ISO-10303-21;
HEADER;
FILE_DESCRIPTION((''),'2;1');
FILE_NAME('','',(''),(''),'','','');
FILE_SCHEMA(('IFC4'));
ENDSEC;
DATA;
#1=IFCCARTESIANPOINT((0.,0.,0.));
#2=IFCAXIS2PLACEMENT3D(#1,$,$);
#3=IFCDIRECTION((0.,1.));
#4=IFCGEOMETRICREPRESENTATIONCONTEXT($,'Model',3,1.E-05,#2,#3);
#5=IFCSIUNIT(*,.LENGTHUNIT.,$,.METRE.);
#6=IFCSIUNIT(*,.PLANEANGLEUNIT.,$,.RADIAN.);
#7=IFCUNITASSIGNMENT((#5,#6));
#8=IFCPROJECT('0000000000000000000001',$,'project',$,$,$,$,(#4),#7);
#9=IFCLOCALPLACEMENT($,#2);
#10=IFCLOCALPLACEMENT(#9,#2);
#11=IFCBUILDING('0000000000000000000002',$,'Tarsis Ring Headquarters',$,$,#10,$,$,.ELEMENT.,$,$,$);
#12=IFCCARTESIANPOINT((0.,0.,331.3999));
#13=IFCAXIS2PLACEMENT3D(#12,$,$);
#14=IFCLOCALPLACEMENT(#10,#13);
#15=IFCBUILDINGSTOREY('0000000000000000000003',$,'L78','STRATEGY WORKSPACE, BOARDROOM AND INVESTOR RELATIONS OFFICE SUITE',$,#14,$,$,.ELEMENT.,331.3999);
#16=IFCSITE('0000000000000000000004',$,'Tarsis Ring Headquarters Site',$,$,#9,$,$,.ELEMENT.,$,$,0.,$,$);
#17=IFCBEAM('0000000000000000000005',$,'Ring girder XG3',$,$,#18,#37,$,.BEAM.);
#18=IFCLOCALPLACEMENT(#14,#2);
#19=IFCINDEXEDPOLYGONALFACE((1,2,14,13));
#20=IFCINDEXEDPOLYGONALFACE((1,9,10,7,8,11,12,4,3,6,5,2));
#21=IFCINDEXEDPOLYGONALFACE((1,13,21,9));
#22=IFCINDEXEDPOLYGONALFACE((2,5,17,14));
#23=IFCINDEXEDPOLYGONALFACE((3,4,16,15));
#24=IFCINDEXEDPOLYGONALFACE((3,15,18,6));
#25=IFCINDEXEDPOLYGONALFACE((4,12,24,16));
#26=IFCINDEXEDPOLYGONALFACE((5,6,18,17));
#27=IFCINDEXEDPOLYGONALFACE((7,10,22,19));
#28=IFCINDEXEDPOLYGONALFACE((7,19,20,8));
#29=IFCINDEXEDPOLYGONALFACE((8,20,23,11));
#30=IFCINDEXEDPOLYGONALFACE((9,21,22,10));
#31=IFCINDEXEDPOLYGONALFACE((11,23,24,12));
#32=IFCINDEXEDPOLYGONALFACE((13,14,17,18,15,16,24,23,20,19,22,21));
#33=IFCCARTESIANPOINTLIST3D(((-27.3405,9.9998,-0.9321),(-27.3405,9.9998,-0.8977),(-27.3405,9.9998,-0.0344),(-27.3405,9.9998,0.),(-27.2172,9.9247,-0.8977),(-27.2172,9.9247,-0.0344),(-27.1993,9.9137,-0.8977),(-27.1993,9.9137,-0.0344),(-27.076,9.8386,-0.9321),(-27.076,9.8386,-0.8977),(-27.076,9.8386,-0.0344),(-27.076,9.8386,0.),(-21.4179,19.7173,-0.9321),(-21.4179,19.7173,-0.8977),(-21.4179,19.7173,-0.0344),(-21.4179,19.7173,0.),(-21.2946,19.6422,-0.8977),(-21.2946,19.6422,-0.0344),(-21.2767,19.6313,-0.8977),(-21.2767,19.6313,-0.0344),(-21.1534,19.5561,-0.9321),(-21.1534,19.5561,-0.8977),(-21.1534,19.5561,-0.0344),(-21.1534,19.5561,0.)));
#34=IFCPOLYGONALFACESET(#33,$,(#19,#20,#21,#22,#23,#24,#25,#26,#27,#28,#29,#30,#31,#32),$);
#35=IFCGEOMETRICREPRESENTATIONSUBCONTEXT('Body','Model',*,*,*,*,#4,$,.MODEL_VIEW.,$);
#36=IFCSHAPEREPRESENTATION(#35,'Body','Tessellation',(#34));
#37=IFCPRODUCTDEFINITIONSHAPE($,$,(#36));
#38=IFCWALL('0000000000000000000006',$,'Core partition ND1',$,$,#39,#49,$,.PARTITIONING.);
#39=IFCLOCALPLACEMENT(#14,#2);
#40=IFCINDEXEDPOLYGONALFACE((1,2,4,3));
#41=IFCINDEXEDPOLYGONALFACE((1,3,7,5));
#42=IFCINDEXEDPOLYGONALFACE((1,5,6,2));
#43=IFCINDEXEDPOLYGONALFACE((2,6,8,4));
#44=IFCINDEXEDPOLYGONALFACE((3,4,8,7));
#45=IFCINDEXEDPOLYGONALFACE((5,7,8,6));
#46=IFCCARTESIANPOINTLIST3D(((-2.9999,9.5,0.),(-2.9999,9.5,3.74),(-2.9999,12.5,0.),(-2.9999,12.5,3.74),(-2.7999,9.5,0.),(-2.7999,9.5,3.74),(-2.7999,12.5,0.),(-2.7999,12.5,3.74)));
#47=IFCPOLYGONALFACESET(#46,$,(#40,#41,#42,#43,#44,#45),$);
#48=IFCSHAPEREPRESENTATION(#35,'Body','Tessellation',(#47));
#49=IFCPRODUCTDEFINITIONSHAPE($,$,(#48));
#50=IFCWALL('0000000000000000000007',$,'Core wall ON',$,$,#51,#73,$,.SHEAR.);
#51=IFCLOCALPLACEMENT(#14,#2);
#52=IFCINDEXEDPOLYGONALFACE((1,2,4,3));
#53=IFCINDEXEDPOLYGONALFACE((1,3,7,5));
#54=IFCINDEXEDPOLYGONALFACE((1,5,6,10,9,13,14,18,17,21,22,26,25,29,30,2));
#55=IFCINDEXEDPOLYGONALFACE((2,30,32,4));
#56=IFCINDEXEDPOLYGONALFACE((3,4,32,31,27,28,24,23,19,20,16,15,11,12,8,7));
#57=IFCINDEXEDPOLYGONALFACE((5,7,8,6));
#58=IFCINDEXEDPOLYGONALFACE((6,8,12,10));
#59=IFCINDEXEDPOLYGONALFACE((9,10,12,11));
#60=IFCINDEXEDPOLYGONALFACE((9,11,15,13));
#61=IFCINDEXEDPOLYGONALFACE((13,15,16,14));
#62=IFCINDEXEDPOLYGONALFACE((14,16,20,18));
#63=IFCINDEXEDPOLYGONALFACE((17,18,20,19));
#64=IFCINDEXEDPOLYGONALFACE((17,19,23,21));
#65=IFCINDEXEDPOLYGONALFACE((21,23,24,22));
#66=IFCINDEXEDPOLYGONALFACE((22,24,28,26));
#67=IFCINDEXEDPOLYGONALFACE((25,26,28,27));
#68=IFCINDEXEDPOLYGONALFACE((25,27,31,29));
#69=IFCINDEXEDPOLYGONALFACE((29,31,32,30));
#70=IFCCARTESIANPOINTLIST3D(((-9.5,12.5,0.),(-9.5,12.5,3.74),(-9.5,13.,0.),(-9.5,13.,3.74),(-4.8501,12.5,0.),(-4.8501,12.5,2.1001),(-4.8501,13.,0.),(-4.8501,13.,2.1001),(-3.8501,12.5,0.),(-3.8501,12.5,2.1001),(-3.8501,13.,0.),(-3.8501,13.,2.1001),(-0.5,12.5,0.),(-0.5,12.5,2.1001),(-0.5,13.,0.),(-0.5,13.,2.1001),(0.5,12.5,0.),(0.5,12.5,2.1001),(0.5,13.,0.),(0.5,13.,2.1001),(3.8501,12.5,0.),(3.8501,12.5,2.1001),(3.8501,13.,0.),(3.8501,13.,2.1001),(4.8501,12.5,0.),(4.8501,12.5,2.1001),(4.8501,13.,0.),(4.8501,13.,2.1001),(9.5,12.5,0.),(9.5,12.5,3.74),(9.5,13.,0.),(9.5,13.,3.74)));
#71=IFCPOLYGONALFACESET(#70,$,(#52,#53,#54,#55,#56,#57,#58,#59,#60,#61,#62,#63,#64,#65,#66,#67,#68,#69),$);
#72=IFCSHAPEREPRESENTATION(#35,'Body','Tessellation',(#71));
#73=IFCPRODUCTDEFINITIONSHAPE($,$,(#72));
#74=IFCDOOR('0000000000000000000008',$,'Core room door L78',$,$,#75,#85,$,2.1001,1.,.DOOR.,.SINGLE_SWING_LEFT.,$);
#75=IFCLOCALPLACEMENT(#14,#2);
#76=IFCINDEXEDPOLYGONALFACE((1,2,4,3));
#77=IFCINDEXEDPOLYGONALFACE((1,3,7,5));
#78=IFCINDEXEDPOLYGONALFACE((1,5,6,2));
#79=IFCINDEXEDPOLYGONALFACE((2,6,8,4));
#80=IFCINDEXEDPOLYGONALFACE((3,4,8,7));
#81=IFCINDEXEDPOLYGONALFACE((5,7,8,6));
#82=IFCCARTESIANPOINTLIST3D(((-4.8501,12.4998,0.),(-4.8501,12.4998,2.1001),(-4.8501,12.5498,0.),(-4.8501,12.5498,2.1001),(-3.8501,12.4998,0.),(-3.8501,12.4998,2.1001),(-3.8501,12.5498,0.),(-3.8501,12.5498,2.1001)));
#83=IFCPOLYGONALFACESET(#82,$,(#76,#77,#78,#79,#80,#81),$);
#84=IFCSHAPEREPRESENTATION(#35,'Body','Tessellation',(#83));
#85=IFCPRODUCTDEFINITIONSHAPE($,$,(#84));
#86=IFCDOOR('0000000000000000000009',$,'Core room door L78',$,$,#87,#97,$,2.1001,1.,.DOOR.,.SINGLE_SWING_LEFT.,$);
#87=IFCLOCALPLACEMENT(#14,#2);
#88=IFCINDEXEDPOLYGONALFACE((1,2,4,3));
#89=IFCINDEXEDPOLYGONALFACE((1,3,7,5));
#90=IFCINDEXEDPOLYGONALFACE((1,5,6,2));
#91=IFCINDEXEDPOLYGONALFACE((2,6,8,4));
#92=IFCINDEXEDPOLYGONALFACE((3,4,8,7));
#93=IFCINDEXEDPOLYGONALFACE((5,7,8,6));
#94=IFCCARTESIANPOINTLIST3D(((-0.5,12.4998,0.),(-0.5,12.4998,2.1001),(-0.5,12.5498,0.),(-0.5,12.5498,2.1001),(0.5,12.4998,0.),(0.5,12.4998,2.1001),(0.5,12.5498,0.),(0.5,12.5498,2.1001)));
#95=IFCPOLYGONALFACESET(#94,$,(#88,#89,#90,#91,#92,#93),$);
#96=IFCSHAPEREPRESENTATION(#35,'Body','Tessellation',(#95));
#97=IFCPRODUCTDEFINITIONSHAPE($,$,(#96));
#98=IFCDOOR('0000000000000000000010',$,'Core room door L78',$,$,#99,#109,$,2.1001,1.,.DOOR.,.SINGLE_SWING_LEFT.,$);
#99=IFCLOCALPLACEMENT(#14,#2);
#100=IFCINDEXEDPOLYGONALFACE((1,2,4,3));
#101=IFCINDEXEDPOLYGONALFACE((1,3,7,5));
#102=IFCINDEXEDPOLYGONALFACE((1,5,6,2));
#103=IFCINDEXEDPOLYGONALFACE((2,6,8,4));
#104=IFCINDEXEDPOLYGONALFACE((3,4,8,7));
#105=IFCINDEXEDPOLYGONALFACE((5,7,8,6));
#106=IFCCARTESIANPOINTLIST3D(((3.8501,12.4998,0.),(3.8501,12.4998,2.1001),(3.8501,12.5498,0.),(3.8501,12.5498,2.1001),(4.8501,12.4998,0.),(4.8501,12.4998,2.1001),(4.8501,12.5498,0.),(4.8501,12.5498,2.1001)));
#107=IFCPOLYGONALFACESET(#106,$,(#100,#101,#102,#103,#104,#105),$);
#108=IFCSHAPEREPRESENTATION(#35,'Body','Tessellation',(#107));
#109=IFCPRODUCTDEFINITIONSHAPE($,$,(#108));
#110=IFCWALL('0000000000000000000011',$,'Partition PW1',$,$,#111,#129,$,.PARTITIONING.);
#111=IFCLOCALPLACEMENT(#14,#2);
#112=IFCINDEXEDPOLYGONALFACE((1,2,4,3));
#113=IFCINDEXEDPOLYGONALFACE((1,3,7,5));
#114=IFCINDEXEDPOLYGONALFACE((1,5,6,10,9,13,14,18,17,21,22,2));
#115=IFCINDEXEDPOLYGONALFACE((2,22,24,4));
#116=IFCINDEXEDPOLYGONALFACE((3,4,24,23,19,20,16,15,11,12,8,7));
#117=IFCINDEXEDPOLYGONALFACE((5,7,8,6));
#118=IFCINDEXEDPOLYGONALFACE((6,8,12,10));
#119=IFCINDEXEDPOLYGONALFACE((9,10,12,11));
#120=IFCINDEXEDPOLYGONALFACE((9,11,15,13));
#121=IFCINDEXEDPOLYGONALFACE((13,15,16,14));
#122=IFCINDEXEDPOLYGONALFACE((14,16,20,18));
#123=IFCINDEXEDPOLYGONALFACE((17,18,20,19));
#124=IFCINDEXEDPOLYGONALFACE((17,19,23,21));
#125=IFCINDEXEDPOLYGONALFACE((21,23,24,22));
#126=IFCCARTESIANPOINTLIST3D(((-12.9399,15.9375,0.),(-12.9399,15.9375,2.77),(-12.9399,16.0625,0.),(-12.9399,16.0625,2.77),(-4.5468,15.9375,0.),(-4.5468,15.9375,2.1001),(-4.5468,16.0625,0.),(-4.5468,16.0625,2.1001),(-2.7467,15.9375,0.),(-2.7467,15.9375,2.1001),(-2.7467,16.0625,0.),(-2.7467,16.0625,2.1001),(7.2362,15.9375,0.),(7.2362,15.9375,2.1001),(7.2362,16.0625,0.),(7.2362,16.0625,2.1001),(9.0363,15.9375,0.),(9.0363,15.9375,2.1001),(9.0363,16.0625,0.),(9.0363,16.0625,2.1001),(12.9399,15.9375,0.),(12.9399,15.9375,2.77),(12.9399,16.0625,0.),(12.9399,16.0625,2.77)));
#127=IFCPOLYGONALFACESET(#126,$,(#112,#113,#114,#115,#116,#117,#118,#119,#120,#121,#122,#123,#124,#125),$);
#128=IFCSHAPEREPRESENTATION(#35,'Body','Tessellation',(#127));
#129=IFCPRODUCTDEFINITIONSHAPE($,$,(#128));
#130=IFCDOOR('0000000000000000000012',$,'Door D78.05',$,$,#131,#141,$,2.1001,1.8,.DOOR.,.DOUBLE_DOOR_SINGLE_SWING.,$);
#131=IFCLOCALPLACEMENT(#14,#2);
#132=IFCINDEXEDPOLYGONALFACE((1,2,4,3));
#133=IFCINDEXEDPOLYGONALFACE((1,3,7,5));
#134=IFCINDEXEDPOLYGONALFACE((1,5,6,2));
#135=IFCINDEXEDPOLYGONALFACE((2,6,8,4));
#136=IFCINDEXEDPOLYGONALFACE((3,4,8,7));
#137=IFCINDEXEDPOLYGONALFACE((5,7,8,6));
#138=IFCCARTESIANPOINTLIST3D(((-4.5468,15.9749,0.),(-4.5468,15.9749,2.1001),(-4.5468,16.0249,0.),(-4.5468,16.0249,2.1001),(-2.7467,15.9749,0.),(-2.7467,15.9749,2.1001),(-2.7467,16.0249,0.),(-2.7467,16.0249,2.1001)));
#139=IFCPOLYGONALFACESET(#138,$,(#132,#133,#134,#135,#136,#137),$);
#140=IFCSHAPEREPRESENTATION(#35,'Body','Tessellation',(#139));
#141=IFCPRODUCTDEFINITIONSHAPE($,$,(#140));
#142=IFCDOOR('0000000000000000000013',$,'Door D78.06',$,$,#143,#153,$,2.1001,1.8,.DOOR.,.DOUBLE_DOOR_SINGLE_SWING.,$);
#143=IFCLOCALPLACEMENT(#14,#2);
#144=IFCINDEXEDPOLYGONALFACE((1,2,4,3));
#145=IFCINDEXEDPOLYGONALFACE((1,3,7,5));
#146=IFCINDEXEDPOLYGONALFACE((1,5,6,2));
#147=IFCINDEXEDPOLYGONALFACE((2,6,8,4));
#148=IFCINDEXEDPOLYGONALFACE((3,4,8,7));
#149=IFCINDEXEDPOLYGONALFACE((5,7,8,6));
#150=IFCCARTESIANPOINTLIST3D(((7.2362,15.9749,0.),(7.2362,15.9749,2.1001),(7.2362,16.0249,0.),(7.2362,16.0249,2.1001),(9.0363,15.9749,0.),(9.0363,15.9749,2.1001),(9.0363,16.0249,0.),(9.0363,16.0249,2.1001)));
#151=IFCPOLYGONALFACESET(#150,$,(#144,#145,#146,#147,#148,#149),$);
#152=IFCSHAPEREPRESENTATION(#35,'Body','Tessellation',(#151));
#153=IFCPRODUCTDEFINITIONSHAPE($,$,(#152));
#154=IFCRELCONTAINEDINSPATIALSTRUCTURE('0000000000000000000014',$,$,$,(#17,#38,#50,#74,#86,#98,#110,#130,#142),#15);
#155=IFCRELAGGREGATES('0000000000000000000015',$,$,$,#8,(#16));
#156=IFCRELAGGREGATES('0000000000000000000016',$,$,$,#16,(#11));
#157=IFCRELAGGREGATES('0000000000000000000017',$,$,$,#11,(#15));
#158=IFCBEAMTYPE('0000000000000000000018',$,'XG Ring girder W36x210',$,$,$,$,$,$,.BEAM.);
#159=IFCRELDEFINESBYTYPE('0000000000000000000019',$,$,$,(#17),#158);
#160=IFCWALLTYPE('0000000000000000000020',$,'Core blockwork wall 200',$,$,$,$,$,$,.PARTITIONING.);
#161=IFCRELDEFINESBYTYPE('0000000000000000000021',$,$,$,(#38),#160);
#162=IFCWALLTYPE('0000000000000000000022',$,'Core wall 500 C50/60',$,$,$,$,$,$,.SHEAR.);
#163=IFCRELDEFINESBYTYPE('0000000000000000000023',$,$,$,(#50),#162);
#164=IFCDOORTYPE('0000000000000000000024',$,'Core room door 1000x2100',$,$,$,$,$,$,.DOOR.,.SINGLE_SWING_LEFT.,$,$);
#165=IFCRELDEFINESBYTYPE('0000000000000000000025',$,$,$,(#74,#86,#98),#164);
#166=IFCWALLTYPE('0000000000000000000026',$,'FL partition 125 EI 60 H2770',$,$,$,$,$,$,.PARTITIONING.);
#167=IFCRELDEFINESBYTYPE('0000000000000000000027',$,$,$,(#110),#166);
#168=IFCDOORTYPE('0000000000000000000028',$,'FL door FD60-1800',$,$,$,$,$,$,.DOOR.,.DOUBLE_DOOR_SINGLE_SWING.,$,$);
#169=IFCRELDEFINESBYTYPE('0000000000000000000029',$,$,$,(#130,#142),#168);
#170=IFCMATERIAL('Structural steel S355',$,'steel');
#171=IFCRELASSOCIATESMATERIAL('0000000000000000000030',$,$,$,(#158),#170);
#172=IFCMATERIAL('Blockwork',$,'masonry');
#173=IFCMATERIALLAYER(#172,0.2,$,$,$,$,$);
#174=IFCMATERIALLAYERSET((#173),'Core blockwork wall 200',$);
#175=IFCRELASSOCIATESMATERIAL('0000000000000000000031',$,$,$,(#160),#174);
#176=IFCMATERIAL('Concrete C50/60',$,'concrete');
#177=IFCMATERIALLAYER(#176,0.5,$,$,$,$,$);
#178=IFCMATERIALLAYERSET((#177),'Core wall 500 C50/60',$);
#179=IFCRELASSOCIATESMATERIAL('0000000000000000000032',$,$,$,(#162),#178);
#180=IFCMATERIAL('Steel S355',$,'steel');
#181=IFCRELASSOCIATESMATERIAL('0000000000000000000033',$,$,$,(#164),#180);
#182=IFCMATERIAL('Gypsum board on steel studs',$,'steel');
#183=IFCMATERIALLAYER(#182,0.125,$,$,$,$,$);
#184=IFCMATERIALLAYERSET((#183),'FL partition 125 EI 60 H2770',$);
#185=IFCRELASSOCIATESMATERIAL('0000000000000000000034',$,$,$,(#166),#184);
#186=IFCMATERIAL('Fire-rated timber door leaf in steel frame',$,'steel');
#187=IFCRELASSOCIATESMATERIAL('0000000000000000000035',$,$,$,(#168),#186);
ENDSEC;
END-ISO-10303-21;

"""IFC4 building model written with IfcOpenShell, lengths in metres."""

from ifc_helpers import new_model, si_unit, direction, frame, frame_2d, origin, origin_2d, place, context, subcontext, project, spatial, rectangle, i_section, extrude, material, layer, layer_set, material_profile, profile_set, type_object, element, fill, save


model = new_model("IFC4")

# Units and contexts
model_context = context("Model", 3, precision=1e-05, world=origin(), true_north=direction((0.0, 1.0)))
body_context = subcontext(model_context, "Body", "Model", "MODEL_VIEW")
ifc_project = project(units=[si_unit("LENGTHUNIT", "METRE"), si_unit("PLANEANGLEUNIT", "RADIAN")], contexts=[model_context])

# Site, building, storey
site_placement = place(None, origin())
site = spatial("IfcSite", under=ifc_project, at=site_placement, Name="Tarsis Ring Headquarters Site", CompositionType="ELEMENT", RefElevation=0.0)
building_placement = place(site_placement, origin())
building = spatial("IfcBuilding", under=site, at=building_placement, Name="Tarsis Ring Headquarters", CompositionType="ELEMENT")
storey_placement = place(building_placement, frame((0.0, 0.0, 331.3999)))
storey = spatial("IfcBuildingStorey", under=building, at=storey_placement, Name="L78", Description="STRATEGY WORKSPACE, BOARDROOM AND INVESTOR RELATIONS OFFICE SUITE", CompositionType="ELEMENT", Elevation=331.3999)

# Beam
ifc_material_1 = material(Name="Structural steel S355", Category="steel")
ifc_material_profile = material_profile(ifc_material_1, i_section(OverallWidth=0.3098, OverallDepth=0.9321, WebThickness=0.021, FlangeThickness=0.0344, at=origin_2d()), Name="W36x210")
ifc_profile_set = profile_set([ifc_material_profile], Name="Structural steel S355")
beam_type = type_object("IfcBeamType", Name="XG Ring girder W36x210", PredefinedType="BEAM", material=ifc_profile_set)
beam_placement = place(storey_placement, frame((-21.2856, 19.6367, -0.4661), z_axis=(-0.520433, -0.853902, 0.0), x_axis=(0.853902, -0.520433, 0.0)))
element("IfcBeam", 1, at=beam_placement, inside=storey, type_object=beam_type, Name="Ring girder XG3", PredefinedType="BEAM", context=body_context, shape_type="SweptSolid", body=[
    extrude(i_section(OverallWidth=0.3098, OverallDepth=0.9321, WebThickness=0.021, FlangeThickness=0.0344, at=origin_2d()), origin(), (0.0, 0.0, 1.0), 11.3801),
])

# Wall
ifc_material_2 = material(Name="Blockwork", Category="masonry")
ifc_layer_1 = layer(ifc_material_2, 0.2)
ifc_layer_set_1 = layer_set([ifc_layer_1], Name="Core blockwork wall 200")
wall_type_1 = type_object("IfcWallType", Name="Core blockwork wall 200", PredefinedType="PARTITIONING", material=ifc_layer_set_1)
wall_1_placement = place(storey_placement, frame((-2.8999, 9.5, 0.0), z_axis=(0.0, 0.0, 1.0), x_axis=(0.0, 1.0, 0.0)))
element("IfcWall", 2, at=wall_1_placement, inside=storey, type_object=wall_type_1, Name="Core partition ND1", PredefinedType="PARTITIONING", context=body_context, shape_type="SweptSolid", body=[
    extrude(rectangle(XDim=3.0, YDim=0.2, at=frame_2d((1.5, 0.0))), origin(), (0.0, 0.0, 1.0), 3.74),
])

# Walls, openings, doors
ifc_material_3 = material(Name="Concrete C50/60", Category="concrete")
ifc_layer_2 = layer(ifc_material_3, 0.5)
ifc_layer_set_2 = layer_set([ifc_layer_2], Name="Core wall 500 C50/60")
wall_type_2 = type_object("IfcWallType", Name="Core wall 500 C50/60", PredefinedType="SHEAR", material=ifc_layer_set_2)
wall_2_placement = place(storey_placement, frame((-9.5, 12.75, 0.0), z_axis=(0.0, 0.0, 1.0), x_axis=(1.0, 0.0, 0.0)))
wall_2 = element("IfcWall", 3, at=wall_2_placement, inside=storey, type_object=wall_type_2, Name="Core wall ON", PredefinedType="SHEAR", context=body_context, shape_type="SweptSolid", body=[
    extrude(rectangle(XDim=19.0, YDim=0.5, at=frame_2d((9.5, 0.0))), origin(), (0.0, 0.0, 1.0), 3.74),
])
opening_1_placement = place(wall_2_placement, frame((4.6499, 0.0, 0.0)))
opening_1 = element("IfcOpeningElement", 4, at=opening_1_placement, cuts=wall_2, PredefinedType="OPENING", context=body_context, shape_type="SweptSolid", body=[
    extrude(rectangle(XDim=1.0, YDim=2.1001, at=frame_2d((0.5, 1.05))), frame((0.0, 0.26, 0.0), z_axis=(0.0, -1.0, 0.0), x_axis=(1.0, 0.0, 0.0)), (0.0, 0.0, 1.0), 0.52),
])
opening_2_placement = place(wall_2_placement, frame((9.0, 0.0, 0.0)))
opening_2 = element("IfcOpeningElement", 5, at=opening_2_placement, cuts=wall_2, PredefinedType="OPENING", context=body_context, shape_type="SweptSolid", body=[
    extrude(rectangle(XDim=1.0, YDim=2.1001, at=frame_2d((0.5, 1.05))), frame((0.0, 0.26, 0.0), z_axis=(0.0, -1.0, 0.0), x_axis=(1.0, 0.0, 0.0)), (0.0, 0.0, 1.0), 0.52),
])
opening_3_placement = place(wall_2_placement, frame((13.3501, 0.0, 0.0)))
opening_3 = element("IfcOpeningElement", 6, at=opening_3_placement, cuts=wall_2, PredefinedType="OPENING", context=body_context, shape_type="SweptSolid", body=[
    extrude(rectangle(XDim=1.0, YDim=2.1001, at=frame_2d((0.5, 1.05))), frame((0.0, 0.26, 0.0), z_axis=(0.0, -1.0, 0.0), x_axis=(1.0, 0.0, 0.0)), (0.0, 0.0, 1.0), 0.52),
])
ifc_material_4 = material(Name="Steel S355", Category="steel")
door_type_1 = type_object("IfcDoorType", Name="Core room door 1000x2100", OperationType="SINGLE_SWING_LEFT", PredefinedType="DOOR", material=ifc_material_4)
door_1_placement = place(opening_1_placement, origin())
door_1 = element("IfcDoor", 7, at=door_1_placement, inside=storey, type_object=door_type_1, Name="Core room door L78", OperationType="SINGLE_SWING_LEFT", OverallHeight=2.1001, OverallWidth=1.0, PredefinedType="DOOR", context=body_context, shape_type="SweptSolid", body=[
    extrude(rectangle(XDim=1.0, YDim=2.1001, at=frame_2d((0.5, 1.05))), frame((0.0, -0.2002, 0.0), z_axis=(0.0, -1.0, 0.0), x_axis=(1.0, 0.0, 0.0)), (0.0, 0.0, 1.0), 0.05),
])
fill(opening_1, door_1)
door_2_placement = place(opening_2_placement, origin())
door_2 = element("IfcDoor", 8, at=door_2_placement, inside=storey, type_object=door_type_1, Name="Core room door L78", OperationType="SINGLE_SWING_LEFT", OverallHeight=2.1001, OverallWidth=1.0, PredefinedType="DOOR", context=body_context, shape_type="SweptSolid", body=[
    extrude(rectangle(XDim=1.0, YDim=2.1001, at=frame_2d((0.5, 1.05))), frame((0.0, -0.2002, 0.0), z_axis=(0.0, -1.0, 0.0), x_axis=(1.0, 0.0, 0.0)), (0.0, 0.0, 1.0), 0.05),
])
fill(opening_2, door_2)
door_3_placement = place(opening_3_placement, origin())
door_3 = element("IfcDoor", 9, at=door_3_placement, inside=storey, type_object=door_type_1, Name="Core room door L78", OperationType="SINGLE_SWING_LEFT", OverallHeight=2.1001, OverallWidth=1.0, PredefinedType="DOOR", context=body_context, shape_type="SweptSolid", body=[
    extrude(rectangle(XDim=1.0, YDim=2.1001, at=frame_2d((0.5, 1.05))), frame((0.0, -0.2002, 0.0), z_axis=(0.0, -1.0, 0.0), x_axis=(1.0, 0.0, 0.0)), (0.0, 0.0, 1.0), 0.05),
])
fill(opening_3, door_3)
ifc_material_5 = material(Name="Gypsum board on steel studs", Category="steel")
ifc_layer_3 = layer(ifc_material_5, 0.125)
ifc_layer_set_3 = layer_set([ifc_layer_3], Name="FL partition 125 EI 60 H2770")
wall_type_3 = type_object("IfcWallType", Name="FL partition 125 EI 60 H2770", PredefinedType="PARTITIONING", material=ifc_layer_set_3)
wall_3_placement = place(storey_placement, frame((-12.9399, 16.0, 0.0), z_axis=(0.0, 0.0, 1.0), x_axis=(1.0, 0.0, 0.0)))
wall_3 = element("IfcWall", 10, at=wall_3_placement, inside=storey, type_object=wall_type_3, Name="Partition PW1", PredefinedType="PARTITIONING", context=body_context, shape_type="SweptSolid", body=[
    extrude(rectangle(XDim=25.8799, YDim=0.125, at=frame_2d((12.9399, 0.0))), origin(), (0.0, 0.0, 1.0), 2.77),
])
opening_4_placement = place(wall_3_placement, frame((8.3933, 0.0, 0.0)))
opening_4 = element("IfcOpeningElement", 11, at=opening_4_placement, cuts=wall_3, PredefinedType="OPENING", context=body_context, shape_type="SweptSolid", body=[
    extrude(rectangle(XDim=1.8, YDim=2.1001, at=frame_2d((0.8999, 1.05))), frame((0.0, 0.0725, 0.0), z_axis=(0.0, -1.0, 0.0), x_axis=(1.0, 0.0, 0.0)), (0.0, 0.0, 1.0), 0.145),
])
opening_5_placement = place(wall_3_placement, frame((20.1763, 0.0, 0.0)))
opening_5 = element("IfcOpeningElement", 12, at=opening_5_placement, cuts=wall_3, PredefinedType="OPENING", context=body_context, shape_type="SweptSolid", body=[
    extrude(rectangle(XDim=1.8, YDim=2.1001, at=frame_2d((0.8999, 1.05))), frame((0.0, 0.0725, 0.0), z_axis=(0.0, -1.0, 0.0), x_axis=(1.0, 0.0, 0.0)), (0.0, 0.0, 1.0), 0.145),
])
ifc_material_6 = material(Name="Fire-rated timber door leaf in steel frame", Category="steel")
door_type_2 = type_object("IfcDoorType", Name="FL door FD60-1800", OperationType="DOUBLE_DOOR_SINGLE_SWING", PredefinedType="DOOR", material=ifc_material_6)
door_4_placement = place(opening_4_placement, origin())
door_4 = element("IfcDoor", 13, at=door_4_placement, inside=storey, type_object=door_type_2, Name="Door D78.05", OperationType="DOUBLE_DOOR_SINGLE_SWING", OverallHeight=2.1001, OverallWidth=1.8, PredefinedType="DOOR", context=body_context, shape_type="SweptSolid", body=[
    extrude(rectangle(XDim=1.8, YDim=2.1001, at=frame_2d((0.8999, 1.05))), frame((0.0, 0.0249, 0.0), z_axis=(0.0, -1.0, 0.0), x_axis=(1.0, 0.0, 0.0)), (0.0, 0.0, 1.0), 0.05),
])
fill(opening_4, door_4)
door_5_placement = place(opening_5_placement, origin())
door_5 = element("IfcDoor", 14, at=door_5_placement, inside=storey, type_object=door_type_2, Name="Door D78.06", OperationType="DOUBLE_DOOR_SINGLE_SWING", OverallHeight=2.1001, OverallWidth=1.8, PredefinedType="DOOR", context=body_context, shape_type="SweptSolid", body=[
    extrude(rectangle(XDim=1.8, YDim=2.1001, at=frame_2d((0.8999, 1.05))), frame((0.0, 0.0249, 0.0), z_axis=(0.0, -1.0, 0.0), x_axis=(1.0, 0.0, 0.0)), (0.0, 0.0, 1.0), 0.05),
])
fill(opening_5, door_5)

save(model, "model.ifc")
